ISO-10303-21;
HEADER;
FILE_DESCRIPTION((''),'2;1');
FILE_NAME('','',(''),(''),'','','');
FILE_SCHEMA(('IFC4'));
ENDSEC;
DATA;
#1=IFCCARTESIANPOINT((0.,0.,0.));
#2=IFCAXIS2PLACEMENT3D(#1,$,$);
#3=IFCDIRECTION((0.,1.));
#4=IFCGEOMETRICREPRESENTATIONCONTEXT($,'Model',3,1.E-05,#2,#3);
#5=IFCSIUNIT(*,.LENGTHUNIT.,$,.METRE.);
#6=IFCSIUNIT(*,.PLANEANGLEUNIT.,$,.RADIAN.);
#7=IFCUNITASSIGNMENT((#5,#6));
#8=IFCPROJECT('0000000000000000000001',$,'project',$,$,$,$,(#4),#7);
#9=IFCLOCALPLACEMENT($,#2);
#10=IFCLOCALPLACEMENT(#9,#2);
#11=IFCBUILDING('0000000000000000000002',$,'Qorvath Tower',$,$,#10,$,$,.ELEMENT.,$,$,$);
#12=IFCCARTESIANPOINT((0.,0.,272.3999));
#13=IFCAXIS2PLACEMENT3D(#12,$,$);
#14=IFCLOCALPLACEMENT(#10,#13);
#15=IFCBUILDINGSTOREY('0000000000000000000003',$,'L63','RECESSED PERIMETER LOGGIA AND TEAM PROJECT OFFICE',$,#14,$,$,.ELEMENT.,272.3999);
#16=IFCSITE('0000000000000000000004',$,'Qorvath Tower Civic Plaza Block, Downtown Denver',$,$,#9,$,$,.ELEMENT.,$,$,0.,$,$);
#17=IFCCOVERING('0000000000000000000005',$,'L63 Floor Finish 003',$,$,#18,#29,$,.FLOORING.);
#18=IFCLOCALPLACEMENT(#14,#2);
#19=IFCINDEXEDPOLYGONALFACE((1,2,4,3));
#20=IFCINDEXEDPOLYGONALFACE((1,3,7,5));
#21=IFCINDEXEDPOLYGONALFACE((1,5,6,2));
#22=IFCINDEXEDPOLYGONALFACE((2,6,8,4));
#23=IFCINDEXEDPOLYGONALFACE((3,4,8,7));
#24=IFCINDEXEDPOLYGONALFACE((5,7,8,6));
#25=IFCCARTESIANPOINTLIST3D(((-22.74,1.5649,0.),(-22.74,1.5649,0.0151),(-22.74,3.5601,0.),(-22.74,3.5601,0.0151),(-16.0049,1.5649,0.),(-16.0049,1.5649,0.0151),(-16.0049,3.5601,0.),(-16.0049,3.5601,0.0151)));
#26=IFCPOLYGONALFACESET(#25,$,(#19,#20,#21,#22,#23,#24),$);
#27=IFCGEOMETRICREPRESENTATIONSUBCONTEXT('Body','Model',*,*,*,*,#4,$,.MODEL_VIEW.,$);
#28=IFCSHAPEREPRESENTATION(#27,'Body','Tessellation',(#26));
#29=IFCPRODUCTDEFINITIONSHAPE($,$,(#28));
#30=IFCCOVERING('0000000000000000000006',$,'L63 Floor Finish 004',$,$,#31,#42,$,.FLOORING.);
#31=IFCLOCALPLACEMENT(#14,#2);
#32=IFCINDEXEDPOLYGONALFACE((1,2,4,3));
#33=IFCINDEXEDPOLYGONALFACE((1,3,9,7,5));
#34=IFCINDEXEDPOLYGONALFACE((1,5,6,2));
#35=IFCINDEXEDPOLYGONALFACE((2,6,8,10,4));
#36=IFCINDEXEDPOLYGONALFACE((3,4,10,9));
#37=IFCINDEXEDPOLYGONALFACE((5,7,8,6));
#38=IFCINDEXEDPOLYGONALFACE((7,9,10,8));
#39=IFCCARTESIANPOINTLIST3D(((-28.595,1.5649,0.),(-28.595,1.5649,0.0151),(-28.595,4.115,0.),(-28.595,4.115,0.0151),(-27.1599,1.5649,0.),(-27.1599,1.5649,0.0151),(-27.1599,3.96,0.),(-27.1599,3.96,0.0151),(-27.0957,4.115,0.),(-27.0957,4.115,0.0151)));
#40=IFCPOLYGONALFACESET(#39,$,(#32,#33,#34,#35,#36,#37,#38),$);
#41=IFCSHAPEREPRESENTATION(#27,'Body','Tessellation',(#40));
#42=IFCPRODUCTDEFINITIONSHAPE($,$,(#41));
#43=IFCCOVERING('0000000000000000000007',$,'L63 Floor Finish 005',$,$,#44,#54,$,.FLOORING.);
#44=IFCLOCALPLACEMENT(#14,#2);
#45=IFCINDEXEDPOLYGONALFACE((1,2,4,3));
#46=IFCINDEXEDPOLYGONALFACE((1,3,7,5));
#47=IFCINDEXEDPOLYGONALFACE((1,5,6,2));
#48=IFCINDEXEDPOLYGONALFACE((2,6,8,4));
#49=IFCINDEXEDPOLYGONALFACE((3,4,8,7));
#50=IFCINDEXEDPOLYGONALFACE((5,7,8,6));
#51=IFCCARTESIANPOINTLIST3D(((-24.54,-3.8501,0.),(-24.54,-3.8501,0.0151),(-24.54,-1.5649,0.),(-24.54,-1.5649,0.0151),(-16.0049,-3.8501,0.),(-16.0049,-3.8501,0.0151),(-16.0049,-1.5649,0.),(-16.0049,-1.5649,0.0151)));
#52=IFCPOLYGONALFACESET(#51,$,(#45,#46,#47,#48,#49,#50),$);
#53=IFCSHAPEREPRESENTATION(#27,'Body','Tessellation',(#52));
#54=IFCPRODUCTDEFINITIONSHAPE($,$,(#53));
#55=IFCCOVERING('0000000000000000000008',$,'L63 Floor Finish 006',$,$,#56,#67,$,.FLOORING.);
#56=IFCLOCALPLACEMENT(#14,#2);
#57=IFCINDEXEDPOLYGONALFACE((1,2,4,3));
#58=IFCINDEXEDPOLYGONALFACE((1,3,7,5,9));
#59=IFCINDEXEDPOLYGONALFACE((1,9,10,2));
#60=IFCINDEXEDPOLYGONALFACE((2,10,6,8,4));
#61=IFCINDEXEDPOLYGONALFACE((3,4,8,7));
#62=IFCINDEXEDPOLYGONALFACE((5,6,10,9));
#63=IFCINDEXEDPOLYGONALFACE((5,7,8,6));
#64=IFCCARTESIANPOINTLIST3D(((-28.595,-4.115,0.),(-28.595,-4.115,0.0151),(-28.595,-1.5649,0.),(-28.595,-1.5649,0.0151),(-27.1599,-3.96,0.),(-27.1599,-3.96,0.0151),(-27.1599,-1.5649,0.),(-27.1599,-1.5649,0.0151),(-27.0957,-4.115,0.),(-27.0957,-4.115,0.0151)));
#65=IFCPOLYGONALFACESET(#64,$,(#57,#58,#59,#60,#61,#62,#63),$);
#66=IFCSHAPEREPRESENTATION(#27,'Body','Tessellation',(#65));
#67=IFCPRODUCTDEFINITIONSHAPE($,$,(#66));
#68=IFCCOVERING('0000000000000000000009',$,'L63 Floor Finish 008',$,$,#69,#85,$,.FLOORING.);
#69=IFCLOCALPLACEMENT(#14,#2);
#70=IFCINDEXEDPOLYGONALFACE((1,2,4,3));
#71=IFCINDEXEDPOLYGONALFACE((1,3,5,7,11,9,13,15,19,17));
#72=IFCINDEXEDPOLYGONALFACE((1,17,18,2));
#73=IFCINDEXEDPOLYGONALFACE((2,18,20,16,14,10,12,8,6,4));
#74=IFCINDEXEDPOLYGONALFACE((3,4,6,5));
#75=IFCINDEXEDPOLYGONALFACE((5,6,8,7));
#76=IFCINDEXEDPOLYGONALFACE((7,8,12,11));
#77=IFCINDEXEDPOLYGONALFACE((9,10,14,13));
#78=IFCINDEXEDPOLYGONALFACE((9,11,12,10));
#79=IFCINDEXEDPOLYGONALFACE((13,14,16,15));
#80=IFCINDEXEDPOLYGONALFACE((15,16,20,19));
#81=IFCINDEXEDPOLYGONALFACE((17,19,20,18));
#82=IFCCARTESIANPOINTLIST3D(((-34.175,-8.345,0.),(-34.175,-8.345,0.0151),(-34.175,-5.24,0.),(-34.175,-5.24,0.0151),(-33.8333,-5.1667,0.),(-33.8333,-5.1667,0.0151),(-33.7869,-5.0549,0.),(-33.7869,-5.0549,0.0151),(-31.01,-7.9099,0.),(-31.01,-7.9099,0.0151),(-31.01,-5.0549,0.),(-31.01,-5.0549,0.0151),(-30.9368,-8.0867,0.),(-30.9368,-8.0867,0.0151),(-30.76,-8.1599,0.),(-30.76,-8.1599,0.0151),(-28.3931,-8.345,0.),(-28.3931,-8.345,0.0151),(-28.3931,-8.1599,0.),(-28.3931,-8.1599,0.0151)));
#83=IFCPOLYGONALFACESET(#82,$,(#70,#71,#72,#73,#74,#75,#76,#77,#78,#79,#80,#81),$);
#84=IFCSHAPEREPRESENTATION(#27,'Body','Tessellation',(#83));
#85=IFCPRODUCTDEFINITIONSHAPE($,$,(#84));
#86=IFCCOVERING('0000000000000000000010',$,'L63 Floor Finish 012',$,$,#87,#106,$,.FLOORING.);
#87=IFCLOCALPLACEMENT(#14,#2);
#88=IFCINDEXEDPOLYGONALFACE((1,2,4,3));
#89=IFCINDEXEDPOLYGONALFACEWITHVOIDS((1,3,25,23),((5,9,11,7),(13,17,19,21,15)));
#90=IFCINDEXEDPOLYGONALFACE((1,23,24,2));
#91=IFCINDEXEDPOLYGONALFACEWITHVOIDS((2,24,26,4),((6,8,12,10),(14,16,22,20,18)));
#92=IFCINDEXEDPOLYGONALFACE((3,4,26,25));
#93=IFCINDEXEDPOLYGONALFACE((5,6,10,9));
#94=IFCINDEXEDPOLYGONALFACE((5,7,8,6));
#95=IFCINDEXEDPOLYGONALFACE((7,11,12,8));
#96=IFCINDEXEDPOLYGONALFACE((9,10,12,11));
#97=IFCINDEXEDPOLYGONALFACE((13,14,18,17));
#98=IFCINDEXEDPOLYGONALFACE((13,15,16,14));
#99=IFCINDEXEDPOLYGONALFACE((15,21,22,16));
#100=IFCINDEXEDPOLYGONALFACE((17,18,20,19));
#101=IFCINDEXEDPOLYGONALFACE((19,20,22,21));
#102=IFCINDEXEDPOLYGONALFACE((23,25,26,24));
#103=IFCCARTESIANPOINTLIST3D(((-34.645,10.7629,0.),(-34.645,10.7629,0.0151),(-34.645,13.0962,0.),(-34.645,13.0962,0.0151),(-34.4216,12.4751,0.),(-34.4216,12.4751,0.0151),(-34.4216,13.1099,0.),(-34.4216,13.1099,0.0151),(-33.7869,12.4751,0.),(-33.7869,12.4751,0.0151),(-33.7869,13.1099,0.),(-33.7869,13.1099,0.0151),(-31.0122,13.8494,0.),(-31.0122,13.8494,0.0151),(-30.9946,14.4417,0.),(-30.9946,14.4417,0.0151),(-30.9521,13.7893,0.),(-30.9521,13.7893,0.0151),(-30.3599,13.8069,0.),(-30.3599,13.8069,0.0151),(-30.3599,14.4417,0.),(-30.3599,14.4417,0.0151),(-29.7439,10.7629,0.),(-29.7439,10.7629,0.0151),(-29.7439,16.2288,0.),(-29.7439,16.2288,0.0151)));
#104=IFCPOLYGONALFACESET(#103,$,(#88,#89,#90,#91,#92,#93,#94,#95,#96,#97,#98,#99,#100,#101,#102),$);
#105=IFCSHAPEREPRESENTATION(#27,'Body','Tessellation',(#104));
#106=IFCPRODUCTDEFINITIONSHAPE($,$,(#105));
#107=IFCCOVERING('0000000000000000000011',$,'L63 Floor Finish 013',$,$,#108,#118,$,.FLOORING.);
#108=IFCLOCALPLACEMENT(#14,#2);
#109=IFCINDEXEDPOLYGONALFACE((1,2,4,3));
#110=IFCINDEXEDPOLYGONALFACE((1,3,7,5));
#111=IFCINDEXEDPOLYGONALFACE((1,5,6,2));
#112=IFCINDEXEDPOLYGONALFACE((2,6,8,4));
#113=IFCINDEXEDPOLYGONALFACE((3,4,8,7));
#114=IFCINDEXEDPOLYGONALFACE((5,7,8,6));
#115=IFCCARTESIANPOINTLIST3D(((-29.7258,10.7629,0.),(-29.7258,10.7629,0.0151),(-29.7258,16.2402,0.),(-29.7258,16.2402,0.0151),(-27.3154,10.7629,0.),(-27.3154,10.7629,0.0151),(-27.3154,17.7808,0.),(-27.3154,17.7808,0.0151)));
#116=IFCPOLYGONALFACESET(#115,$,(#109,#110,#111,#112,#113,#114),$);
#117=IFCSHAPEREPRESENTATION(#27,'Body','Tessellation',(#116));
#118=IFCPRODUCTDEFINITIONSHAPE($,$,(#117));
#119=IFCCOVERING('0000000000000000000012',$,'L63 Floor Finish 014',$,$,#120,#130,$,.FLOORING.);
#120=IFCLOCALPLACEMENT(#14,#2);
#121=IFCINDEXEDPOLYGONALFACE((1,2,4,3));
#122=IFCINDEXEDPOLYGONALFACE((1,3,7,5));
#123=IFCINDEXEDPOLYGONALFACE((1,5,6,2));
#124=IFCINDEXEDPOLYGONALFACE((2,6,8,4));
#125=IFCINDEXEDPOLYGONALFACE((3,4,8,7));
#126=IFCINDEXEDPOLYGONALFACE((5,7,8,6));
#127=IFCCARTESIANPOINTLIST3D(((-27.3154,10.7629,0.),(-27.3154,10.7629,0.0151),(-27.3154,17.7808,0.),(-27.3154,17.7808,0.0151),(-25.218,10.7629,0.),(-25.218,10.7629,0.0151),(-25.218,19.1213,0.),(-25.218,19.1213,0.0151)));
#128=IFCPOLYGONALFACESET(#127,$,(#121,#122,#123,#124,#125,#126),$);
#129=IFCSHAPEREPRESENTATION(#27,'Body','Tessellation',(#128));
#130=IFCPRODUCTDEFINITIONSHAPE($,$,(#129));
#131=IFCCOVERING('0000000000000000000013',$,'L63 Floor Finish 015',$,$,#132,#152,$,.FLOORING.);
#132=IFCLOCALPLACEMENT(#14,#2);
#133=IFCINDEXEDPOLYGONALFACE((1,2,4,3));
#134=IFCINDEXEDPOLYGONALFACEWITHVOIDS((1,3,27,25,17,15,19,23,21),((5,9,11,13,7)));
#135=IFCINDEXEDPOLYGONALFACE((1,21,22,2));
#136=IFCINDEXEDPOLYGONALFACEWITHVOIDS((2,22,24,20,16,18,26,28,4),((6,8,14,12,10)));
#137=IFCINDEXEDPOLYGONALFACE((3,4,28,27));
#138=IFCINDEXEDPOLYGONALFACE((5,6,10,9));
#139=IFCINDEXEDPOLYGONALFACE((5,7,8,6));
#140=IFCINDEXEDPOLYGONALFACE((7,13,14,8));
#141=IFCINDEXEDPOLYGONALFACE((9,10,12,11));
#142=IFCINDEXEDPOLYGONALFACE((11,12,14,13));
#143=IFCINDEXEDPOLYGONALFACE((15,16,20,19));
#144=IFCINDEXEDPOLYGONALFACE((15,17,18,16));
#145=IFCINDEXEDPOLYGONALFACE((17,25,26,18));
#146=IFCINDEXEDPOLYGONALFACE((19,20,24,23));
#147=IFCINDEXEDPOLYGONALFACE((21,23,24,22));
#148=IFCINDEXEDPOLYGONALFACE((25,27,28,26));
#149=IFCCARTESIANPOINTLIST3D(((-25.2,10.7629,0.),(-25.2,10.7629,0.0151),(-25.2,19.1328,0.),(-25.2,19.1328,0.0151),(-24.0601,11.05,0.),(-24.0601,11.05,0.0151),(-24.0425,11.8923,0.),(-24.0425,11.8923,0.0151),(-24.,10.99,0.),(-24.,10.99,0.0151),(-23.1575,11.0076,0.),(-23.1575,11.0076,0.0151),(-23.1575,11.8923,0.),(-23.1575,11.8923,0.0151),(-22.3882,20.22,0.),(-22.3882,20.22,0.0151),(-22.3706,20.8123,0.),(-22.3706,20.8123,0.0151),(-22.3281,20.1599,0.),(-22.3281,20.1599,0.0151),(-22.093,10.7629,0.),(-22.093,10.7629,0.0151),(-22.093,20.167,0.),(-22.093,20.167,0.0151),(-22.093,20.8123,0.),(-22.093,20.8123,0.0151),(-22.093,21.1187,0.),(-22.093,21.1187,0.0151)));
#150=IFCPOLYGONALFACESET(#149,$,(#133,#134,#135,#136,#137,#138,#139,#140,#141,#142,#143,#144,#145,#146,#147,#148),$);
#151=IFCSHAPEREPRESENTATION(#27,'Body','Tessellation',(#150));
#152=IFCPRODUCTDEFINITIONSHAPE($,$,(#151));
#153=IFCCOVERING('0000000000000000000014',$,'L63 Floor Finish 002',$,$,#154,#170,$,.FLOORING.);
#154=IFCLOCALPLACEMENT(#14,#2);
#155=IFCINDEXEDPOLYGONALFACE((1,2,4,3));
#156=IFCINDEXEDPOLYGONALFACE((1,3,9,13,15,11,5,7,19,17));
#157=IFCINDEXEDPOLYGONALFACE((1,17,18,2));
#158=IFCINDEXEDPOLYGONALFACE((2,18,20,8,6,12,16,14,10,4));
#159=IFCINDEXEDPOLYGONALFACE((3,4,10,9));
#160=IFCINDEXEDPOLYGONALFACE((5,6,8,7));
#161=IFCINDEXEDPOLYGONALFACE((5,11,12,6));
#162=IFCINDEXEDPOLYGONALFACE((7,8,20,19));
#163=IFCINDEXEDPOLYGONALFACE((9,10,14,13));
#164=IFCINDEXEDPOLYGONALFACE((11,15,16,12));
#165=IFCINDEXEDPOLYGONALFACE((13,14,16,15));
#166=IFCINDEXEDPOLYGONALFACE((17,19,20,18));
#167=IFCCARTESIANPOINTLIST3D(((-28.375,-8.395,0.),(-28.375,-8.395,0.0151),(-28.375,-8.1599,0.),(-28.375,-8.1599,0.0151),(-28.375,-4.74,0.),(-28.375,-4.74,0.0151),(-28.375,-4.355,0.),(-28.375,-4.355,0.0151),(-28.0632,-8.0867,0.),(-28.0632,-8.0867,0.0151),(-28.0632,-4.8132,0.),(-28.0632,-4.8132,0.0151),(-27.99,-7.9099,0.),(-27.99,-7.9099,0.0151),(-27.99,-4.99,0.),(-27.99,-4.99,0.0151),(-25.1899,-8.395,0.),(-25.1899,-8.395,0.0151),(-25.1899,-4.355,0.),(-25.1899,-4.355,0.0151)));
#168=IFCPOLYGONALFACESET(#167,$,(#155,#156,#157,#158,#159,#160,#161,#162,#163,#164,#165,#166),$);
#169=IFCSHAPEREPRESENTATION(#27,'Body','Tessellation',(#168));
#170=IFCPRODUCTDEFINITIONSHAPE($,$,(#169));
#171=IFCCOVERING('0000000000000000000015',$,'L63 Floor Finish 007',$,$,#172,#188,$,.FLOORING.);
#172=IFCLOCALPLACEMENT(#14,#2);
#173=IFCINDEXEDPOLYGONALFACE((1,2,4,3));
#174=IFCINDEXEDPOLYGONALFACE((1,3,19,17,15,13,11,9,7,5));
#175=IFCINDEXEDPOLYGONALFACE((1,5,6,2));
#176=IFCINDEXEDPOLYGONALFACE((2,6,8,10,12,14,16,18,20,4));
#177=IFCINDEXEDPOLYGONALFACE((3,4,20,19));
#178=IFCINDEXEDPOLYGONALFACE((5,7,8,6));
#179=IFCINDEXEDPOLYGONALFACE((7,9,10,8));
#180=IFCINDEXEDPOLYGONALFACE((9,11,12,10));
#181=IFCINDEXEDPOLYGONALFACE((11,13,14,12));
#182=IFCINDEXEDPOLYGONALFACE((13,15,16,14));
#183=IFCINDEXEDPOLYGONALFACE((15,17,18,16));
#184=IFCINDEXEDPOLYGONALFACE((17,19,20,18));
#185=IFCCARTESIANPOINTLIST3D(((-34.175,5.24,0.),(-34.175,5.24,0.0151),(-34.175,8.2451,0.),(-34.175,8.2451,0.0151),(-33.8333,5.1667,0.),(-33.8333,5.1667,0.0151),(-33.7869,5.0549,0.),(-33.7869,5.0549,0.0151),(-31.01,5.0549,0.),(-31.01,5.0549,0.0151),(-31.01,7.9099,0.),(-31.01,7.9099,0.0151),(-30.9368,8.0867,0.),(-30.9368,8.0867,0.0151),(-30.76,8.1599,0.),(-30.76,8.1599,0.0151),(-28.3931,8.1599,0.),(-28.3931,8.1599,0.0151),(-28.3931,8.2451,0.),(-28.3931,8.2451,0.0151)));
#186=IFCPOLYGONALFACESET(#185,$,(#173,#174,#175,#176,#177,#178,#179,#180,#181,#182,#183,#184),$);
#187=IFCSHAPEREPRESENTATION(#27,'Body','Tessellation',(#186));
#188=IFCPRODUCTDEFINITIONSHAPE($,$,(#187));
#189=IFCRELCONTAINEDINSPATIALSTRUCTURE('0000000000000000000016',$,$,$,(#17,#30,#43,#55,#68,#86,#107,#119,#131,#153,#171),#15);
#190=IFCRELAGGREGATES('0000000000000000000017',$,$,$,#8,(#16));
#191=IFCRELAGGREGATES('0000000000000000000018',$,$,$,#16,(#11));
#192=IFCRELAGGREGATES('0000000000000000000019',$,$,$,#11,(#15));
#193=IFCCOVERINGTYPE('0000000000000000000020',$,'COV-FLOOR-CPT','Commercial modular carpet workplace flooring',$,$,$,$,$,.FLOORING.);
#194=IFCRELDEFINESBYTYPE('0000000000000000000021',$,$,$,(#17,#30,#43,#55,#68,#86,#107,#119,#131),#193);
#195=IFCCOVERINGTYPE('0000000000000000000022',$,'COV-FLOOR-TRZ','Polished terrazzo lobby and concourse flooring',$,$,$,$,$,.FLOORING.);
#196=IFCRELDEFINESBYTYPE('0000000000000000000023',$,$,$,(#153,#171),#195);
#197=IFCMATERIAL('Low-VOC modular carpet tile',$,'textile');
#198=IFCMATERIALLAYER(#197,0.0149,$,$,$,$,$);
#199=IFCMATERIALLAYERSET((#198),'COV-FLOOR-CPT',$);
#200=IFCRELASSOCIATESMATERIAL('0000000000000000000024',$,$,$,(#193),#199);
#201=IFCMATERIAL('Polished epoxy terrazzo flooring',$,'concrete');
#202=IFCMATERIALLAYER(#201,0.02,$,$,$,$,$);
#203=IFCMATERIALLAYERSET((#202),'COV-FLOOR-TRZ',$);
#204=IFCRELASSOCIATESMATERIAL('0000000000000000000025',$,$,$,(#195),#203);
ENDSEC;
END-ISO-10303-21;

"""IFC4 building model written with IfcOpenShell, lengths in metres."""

from ifc_helpers import new_model, si_unit, direction, frame, origin, place, context, subcontext, project, spatial, polyline, outline, extrude, material, layer, layer_set, type_object, element, save


model = new_model("IFC4")

# Units and contexts
model_context = context("Model", 3, precision=1e-05, world=origin(), true_north=direction((0.0, 1.0)))
body_context = subcontext(model_context, "Body", "Model", "MODEL_VIEW")
ifc_project = project(units=[si_unit("LENGTHUNIT", "METRE"), si_unit("PLANEANGLEUNIT", "RADIAN")], contexts=[model_context])

# Site, building, storey
site_placement = place(None, origin())
site = spatial("IfcSite", under=ifc_project, at=site_placement, Name="Qorvath Tower Civic Plaza Block, Downtown Denver", CompositionType="ELEMENT", RefElevation=0.0)
building_placement = place(site_placement, origin())
building = spatial("IfcBuilding", under=site, at=building_placement, Name="Qorvath Tower", CompositionType="ELEMENT")
storey_placement = place(building_placement, frame((0.0, 0.0, 272.3999)))
storey = spatial("IfcBuildingStorey", under=building, at=storey_placement, Name="L63", Description="RECESSED PERIMETER LOGGIA AND TEAM PROJECT OFFICE", CompositionType="ELEMENT", Elevation=272.3999)

# Coverings
ifc_material_1 = material(Name="Low-VOC modular carpet tile", Category="textile")
ifc_layer_1 = layer(ifc_material_1, 0.0149)
ifc_layer_set_1 = layer_set([ifc_layer_1], Name="COV-FLOOR-CPT")
covering_type_1 = type_object("IfcCoveringType", Name="COV-FLOOR-CPT", Description="Commercial modular carpet workplace flooring", PredefinedType="FLOORING", material=ifc_layer_set_1)
covering_1_placement = place(storey_placement, origin())
element("IfcCovering", 1, at=covering_1_placement, inside=storey, type_object=covering_type_1, Name="L63 Floor Finish 003", PredefinedType="FLOORING", context=body_context, shape_type="SweptSolid", body=[
    extrude(outline(polyline([(-16.0049, 3.5601), (-22.74, 3.5601), (-22.74, 1.5649), (-16.0049, 1.5649), (-16.0049, 3.5601)])), origin(), (0.0, 0.0, 1.0), 0.0151),
])
covering_2_placement = place(storey_placement, origin())
element("IfcCovering", 2, at=covering_2_placement, inside=storey, type_object=covering_type_1, Name="L63 Floor Finish 004", PredefinedType="FLOORING", context=body_context, shape_type="SweptSolid", body=[
    extrude(outline(polyline([(-27.1599, 1.5649), (-27.1599, 3.96), (-27.0957, 4.115), (-28.595, 4.115), (-28.595, 1.5649), (-27.1599, 1.5649)])), origin(), (0.0, 0.0, 1.0), 0.0151),
])
covering_3_placement = place(storey_placement, origin())
element("IfcCovering", 3, at=covering_3_placement, inside=storey, type_object=covering_type_1, Name="L63 Floor Finish 005", PredefinedType="FLOORING", context=body_context, shape_type="SweptSolid", body=[
    extrude(outline(polyline([(-24.54, -1.5649), (-24.54, -3.8501), (-16.0049, -3.8501), (-16.0049, -1.5649), (-24.54, -1.5649)])), origin(), (0.0, 0.0, 1.0), 0.0151),
])
covering_4_placement = place(storey_placement, origin())
element("IfcCovering", 4, at=covering_4_placement, inside=storey, type_object=covering_type_1, Name="L63 Floor Finish 006", PredefinedType="FLOORING", context=body_context, shape_type="SweptSolid", body=[
    extrude(outline(polyline([(-27.0957, -4.115), (-27.1599, -3.96), (-27.1599, -1.5649), (-28.595, -1.5649), (-28.595, -4.115), (-27.0957, -4.115)])), origin(), (0.0, 0.0, 1.0), 0.0151),
])
covering_5_placement = place(storey_placement, origin())
element("IfcCovering", 5, at=covering_5_placement, inside=storey, type_object=covering_type_1, Name="L63 Floor Finish 008", PredefinedType="FLOORING", context=body_context, shape_type="SweptSolid", body=[
    extrude(outline(polyline([(-33.7869, -5.0549), (-33.8333, -5.1667), (-34.175, -5.24), (-34.175, -8.345), (-28.3931, -8.345), (-28.3931, -8.1599), (-30.76, -8.1599), (-30.9368, -8.0867), (-31.01, -7.9099), (-31.01, -5.0549), (-33.7869, -5.0549)])), origin(), (0.0, 0.0, 1.0), 0.0151),
])
covering_6_placement = place(storey_placement, origin())
element("IfcCovering", 6, at=covering_6_placement, inside=storey, type_object=covering_type_1, Name="L63 Floor Finish 012", PredefinedType="FLOORING", context=body_context, shape_type="SweptSolid", body=[
    extrude(outline(polyline([(-29.7439, 16.2288), (-34.645, 13.0962), (-34.645, 10.7629), (-29.7439, 10.7629), (-29.7439, 16.2288)]), holes=[polyline([(-30.9946, 14.4417), (-30.3599, 14.4417), (-30.3599, 13.8069), (-30.9521, 13.7893), (-31.0122, 13.8494), (-30.9946, 14.4417)]), polyline([(-34.4216, 13.1099), (-33.7869, 13.1099), (-33.7869, 12.4751), (-34.4216, 12.4751), (-34.4216, 13.1099)])]), origin(), (0.0, 0.0, 1.0), 0.0151),
])
covering_7_placement = place(storey_placement, origin())
element("IfcCovering", 7, at=covering_7_placement, inside=storey, type_object=covering_type_1, Name="L63 Floor Finish 013", PredefinedType="FLOORING", context=body_context, shape_type="SweptSolid", body=[
    extrude(outline(polyline([(-29.7258, 10.7629), (-27.3154, 10.7629), (-27.3154, 17.7808), (-29.7258, 16.2402), (-29.7258, 10.7629)])), origin(), (0.0, 0.0, 1.0), 0.0151),
])
covering_8_placement = place(storey_placement, origin())
element("IfcCovering", 8, at=covering_8_placement, inside=storey, type_object=covering_type_1, Name="L63 Floor Finish 014", PredefinedType="FLOORING", context=body_context, shape_type="SweptSolid", body=[
    extrude(outline(polyline([(-27.3154, 17.7808), (-27.3154, 10.7629), (-25.218, 10.7629), (-25.218, 19.1213), (-27.3154, 17.7808)])), origin(), (0.0, 0.0, 1.0), 0.0151),
])
covering_9_placement = place(storey_placement, origin())
element("IfcCovering", 9, at=covering_9_placement, inside=storey, type_object=covering_type_1, Name="L63 Floor Finish 015", PredefinedType="FLOORING", context=body_context, shape_type="SweptSolid", body=[
    extrude(outline(polyline([(-25.2, 10.7629), (-22.093, 10.7629), (-22.093, 20.167), (-22.3281, 20.1599), (-22.3882, 20.22), (-22.3706, 20.8123), (-22.093, 20.8123), (-22.093, 21.1187), (-25.2, 19.1328), (-25.2, 10.7629)]), holes=[polyline([(-24.0601, 11.05), (-24.0425, 11.8923), (-23.1575, 11.8923), (-23.1575, 11.0076), (-24.0, 10.99), (-24.0601, 11.05)])]), origin(), (0.0, 0.0, 1.0), 0.0151),
])
ifc_material_2 = material(Name="Polished epoxy terrazzo flooring", Category="concrete")
ifc_layer_2 = layer(ifc_material_2, 0.02)
ifc_layer_set_2 = layer_set([ifc_layer_2], Name="COV-FLOOR-TRZ")
covering_type_2 = type_object("IfcCoveringType", Name="COV-FLOOR-TRZ", Description="Polished terrazzo lobby and concourse flooring", PredefinedType="FLOORING", material=ifc_layer_set_2)
covering_10_placement = place(storey_placement, origin())
element("IfcCovering", 10, at=covering_10_placement, inside=storey, type_object=covering_type_2, Name="L63 Floor Finish 002", PredefinedType="FLOORING", context=body_context, shape_type="SweptSolid", body=[
    extrude(outline(polyline([(-25.1899, -8.395), (-25.1899, -4.355), (-28.375, -4.355), (-28.375, -4.74), (-28.0632, -4.8132), (-27.99, -4.99), (-27.99, -7.9099), (-28.0632, -8.0867), (-28.375, -8.1599), (-28.375, -8.395), (-25.1899, -8.395)])), origin(), (0.0, 0.0, 1.0), 0.0151),
])
covering_11_placement = place(storey_placement, origin())
element("IfcCovering", 11, at=covering_11_placement, inside=storey, type_object=covering_type_2, Name="L63 Floor Finish 007", PredefinedType="FLOORING", context=body_context, shape_type="SweptSolid", body=[
    extrude(outline(polyline([(-31.01, 5.0549), (-31.01, 7.9099), (-30.9368, 8.0867), (-30.76, 8.1599), (-28.3931, 8.1599), (-28.3931, 8.2451), (-34.175, 8.2451), (-34.175, 5.24), (-33.8333, 5.1667), (-33.7869, 5.0549), (-31.01, 5.0549)])), origin(), (0.0, 0.0, 1.0), 0.0151),
])

save(model, "model.ifc")
